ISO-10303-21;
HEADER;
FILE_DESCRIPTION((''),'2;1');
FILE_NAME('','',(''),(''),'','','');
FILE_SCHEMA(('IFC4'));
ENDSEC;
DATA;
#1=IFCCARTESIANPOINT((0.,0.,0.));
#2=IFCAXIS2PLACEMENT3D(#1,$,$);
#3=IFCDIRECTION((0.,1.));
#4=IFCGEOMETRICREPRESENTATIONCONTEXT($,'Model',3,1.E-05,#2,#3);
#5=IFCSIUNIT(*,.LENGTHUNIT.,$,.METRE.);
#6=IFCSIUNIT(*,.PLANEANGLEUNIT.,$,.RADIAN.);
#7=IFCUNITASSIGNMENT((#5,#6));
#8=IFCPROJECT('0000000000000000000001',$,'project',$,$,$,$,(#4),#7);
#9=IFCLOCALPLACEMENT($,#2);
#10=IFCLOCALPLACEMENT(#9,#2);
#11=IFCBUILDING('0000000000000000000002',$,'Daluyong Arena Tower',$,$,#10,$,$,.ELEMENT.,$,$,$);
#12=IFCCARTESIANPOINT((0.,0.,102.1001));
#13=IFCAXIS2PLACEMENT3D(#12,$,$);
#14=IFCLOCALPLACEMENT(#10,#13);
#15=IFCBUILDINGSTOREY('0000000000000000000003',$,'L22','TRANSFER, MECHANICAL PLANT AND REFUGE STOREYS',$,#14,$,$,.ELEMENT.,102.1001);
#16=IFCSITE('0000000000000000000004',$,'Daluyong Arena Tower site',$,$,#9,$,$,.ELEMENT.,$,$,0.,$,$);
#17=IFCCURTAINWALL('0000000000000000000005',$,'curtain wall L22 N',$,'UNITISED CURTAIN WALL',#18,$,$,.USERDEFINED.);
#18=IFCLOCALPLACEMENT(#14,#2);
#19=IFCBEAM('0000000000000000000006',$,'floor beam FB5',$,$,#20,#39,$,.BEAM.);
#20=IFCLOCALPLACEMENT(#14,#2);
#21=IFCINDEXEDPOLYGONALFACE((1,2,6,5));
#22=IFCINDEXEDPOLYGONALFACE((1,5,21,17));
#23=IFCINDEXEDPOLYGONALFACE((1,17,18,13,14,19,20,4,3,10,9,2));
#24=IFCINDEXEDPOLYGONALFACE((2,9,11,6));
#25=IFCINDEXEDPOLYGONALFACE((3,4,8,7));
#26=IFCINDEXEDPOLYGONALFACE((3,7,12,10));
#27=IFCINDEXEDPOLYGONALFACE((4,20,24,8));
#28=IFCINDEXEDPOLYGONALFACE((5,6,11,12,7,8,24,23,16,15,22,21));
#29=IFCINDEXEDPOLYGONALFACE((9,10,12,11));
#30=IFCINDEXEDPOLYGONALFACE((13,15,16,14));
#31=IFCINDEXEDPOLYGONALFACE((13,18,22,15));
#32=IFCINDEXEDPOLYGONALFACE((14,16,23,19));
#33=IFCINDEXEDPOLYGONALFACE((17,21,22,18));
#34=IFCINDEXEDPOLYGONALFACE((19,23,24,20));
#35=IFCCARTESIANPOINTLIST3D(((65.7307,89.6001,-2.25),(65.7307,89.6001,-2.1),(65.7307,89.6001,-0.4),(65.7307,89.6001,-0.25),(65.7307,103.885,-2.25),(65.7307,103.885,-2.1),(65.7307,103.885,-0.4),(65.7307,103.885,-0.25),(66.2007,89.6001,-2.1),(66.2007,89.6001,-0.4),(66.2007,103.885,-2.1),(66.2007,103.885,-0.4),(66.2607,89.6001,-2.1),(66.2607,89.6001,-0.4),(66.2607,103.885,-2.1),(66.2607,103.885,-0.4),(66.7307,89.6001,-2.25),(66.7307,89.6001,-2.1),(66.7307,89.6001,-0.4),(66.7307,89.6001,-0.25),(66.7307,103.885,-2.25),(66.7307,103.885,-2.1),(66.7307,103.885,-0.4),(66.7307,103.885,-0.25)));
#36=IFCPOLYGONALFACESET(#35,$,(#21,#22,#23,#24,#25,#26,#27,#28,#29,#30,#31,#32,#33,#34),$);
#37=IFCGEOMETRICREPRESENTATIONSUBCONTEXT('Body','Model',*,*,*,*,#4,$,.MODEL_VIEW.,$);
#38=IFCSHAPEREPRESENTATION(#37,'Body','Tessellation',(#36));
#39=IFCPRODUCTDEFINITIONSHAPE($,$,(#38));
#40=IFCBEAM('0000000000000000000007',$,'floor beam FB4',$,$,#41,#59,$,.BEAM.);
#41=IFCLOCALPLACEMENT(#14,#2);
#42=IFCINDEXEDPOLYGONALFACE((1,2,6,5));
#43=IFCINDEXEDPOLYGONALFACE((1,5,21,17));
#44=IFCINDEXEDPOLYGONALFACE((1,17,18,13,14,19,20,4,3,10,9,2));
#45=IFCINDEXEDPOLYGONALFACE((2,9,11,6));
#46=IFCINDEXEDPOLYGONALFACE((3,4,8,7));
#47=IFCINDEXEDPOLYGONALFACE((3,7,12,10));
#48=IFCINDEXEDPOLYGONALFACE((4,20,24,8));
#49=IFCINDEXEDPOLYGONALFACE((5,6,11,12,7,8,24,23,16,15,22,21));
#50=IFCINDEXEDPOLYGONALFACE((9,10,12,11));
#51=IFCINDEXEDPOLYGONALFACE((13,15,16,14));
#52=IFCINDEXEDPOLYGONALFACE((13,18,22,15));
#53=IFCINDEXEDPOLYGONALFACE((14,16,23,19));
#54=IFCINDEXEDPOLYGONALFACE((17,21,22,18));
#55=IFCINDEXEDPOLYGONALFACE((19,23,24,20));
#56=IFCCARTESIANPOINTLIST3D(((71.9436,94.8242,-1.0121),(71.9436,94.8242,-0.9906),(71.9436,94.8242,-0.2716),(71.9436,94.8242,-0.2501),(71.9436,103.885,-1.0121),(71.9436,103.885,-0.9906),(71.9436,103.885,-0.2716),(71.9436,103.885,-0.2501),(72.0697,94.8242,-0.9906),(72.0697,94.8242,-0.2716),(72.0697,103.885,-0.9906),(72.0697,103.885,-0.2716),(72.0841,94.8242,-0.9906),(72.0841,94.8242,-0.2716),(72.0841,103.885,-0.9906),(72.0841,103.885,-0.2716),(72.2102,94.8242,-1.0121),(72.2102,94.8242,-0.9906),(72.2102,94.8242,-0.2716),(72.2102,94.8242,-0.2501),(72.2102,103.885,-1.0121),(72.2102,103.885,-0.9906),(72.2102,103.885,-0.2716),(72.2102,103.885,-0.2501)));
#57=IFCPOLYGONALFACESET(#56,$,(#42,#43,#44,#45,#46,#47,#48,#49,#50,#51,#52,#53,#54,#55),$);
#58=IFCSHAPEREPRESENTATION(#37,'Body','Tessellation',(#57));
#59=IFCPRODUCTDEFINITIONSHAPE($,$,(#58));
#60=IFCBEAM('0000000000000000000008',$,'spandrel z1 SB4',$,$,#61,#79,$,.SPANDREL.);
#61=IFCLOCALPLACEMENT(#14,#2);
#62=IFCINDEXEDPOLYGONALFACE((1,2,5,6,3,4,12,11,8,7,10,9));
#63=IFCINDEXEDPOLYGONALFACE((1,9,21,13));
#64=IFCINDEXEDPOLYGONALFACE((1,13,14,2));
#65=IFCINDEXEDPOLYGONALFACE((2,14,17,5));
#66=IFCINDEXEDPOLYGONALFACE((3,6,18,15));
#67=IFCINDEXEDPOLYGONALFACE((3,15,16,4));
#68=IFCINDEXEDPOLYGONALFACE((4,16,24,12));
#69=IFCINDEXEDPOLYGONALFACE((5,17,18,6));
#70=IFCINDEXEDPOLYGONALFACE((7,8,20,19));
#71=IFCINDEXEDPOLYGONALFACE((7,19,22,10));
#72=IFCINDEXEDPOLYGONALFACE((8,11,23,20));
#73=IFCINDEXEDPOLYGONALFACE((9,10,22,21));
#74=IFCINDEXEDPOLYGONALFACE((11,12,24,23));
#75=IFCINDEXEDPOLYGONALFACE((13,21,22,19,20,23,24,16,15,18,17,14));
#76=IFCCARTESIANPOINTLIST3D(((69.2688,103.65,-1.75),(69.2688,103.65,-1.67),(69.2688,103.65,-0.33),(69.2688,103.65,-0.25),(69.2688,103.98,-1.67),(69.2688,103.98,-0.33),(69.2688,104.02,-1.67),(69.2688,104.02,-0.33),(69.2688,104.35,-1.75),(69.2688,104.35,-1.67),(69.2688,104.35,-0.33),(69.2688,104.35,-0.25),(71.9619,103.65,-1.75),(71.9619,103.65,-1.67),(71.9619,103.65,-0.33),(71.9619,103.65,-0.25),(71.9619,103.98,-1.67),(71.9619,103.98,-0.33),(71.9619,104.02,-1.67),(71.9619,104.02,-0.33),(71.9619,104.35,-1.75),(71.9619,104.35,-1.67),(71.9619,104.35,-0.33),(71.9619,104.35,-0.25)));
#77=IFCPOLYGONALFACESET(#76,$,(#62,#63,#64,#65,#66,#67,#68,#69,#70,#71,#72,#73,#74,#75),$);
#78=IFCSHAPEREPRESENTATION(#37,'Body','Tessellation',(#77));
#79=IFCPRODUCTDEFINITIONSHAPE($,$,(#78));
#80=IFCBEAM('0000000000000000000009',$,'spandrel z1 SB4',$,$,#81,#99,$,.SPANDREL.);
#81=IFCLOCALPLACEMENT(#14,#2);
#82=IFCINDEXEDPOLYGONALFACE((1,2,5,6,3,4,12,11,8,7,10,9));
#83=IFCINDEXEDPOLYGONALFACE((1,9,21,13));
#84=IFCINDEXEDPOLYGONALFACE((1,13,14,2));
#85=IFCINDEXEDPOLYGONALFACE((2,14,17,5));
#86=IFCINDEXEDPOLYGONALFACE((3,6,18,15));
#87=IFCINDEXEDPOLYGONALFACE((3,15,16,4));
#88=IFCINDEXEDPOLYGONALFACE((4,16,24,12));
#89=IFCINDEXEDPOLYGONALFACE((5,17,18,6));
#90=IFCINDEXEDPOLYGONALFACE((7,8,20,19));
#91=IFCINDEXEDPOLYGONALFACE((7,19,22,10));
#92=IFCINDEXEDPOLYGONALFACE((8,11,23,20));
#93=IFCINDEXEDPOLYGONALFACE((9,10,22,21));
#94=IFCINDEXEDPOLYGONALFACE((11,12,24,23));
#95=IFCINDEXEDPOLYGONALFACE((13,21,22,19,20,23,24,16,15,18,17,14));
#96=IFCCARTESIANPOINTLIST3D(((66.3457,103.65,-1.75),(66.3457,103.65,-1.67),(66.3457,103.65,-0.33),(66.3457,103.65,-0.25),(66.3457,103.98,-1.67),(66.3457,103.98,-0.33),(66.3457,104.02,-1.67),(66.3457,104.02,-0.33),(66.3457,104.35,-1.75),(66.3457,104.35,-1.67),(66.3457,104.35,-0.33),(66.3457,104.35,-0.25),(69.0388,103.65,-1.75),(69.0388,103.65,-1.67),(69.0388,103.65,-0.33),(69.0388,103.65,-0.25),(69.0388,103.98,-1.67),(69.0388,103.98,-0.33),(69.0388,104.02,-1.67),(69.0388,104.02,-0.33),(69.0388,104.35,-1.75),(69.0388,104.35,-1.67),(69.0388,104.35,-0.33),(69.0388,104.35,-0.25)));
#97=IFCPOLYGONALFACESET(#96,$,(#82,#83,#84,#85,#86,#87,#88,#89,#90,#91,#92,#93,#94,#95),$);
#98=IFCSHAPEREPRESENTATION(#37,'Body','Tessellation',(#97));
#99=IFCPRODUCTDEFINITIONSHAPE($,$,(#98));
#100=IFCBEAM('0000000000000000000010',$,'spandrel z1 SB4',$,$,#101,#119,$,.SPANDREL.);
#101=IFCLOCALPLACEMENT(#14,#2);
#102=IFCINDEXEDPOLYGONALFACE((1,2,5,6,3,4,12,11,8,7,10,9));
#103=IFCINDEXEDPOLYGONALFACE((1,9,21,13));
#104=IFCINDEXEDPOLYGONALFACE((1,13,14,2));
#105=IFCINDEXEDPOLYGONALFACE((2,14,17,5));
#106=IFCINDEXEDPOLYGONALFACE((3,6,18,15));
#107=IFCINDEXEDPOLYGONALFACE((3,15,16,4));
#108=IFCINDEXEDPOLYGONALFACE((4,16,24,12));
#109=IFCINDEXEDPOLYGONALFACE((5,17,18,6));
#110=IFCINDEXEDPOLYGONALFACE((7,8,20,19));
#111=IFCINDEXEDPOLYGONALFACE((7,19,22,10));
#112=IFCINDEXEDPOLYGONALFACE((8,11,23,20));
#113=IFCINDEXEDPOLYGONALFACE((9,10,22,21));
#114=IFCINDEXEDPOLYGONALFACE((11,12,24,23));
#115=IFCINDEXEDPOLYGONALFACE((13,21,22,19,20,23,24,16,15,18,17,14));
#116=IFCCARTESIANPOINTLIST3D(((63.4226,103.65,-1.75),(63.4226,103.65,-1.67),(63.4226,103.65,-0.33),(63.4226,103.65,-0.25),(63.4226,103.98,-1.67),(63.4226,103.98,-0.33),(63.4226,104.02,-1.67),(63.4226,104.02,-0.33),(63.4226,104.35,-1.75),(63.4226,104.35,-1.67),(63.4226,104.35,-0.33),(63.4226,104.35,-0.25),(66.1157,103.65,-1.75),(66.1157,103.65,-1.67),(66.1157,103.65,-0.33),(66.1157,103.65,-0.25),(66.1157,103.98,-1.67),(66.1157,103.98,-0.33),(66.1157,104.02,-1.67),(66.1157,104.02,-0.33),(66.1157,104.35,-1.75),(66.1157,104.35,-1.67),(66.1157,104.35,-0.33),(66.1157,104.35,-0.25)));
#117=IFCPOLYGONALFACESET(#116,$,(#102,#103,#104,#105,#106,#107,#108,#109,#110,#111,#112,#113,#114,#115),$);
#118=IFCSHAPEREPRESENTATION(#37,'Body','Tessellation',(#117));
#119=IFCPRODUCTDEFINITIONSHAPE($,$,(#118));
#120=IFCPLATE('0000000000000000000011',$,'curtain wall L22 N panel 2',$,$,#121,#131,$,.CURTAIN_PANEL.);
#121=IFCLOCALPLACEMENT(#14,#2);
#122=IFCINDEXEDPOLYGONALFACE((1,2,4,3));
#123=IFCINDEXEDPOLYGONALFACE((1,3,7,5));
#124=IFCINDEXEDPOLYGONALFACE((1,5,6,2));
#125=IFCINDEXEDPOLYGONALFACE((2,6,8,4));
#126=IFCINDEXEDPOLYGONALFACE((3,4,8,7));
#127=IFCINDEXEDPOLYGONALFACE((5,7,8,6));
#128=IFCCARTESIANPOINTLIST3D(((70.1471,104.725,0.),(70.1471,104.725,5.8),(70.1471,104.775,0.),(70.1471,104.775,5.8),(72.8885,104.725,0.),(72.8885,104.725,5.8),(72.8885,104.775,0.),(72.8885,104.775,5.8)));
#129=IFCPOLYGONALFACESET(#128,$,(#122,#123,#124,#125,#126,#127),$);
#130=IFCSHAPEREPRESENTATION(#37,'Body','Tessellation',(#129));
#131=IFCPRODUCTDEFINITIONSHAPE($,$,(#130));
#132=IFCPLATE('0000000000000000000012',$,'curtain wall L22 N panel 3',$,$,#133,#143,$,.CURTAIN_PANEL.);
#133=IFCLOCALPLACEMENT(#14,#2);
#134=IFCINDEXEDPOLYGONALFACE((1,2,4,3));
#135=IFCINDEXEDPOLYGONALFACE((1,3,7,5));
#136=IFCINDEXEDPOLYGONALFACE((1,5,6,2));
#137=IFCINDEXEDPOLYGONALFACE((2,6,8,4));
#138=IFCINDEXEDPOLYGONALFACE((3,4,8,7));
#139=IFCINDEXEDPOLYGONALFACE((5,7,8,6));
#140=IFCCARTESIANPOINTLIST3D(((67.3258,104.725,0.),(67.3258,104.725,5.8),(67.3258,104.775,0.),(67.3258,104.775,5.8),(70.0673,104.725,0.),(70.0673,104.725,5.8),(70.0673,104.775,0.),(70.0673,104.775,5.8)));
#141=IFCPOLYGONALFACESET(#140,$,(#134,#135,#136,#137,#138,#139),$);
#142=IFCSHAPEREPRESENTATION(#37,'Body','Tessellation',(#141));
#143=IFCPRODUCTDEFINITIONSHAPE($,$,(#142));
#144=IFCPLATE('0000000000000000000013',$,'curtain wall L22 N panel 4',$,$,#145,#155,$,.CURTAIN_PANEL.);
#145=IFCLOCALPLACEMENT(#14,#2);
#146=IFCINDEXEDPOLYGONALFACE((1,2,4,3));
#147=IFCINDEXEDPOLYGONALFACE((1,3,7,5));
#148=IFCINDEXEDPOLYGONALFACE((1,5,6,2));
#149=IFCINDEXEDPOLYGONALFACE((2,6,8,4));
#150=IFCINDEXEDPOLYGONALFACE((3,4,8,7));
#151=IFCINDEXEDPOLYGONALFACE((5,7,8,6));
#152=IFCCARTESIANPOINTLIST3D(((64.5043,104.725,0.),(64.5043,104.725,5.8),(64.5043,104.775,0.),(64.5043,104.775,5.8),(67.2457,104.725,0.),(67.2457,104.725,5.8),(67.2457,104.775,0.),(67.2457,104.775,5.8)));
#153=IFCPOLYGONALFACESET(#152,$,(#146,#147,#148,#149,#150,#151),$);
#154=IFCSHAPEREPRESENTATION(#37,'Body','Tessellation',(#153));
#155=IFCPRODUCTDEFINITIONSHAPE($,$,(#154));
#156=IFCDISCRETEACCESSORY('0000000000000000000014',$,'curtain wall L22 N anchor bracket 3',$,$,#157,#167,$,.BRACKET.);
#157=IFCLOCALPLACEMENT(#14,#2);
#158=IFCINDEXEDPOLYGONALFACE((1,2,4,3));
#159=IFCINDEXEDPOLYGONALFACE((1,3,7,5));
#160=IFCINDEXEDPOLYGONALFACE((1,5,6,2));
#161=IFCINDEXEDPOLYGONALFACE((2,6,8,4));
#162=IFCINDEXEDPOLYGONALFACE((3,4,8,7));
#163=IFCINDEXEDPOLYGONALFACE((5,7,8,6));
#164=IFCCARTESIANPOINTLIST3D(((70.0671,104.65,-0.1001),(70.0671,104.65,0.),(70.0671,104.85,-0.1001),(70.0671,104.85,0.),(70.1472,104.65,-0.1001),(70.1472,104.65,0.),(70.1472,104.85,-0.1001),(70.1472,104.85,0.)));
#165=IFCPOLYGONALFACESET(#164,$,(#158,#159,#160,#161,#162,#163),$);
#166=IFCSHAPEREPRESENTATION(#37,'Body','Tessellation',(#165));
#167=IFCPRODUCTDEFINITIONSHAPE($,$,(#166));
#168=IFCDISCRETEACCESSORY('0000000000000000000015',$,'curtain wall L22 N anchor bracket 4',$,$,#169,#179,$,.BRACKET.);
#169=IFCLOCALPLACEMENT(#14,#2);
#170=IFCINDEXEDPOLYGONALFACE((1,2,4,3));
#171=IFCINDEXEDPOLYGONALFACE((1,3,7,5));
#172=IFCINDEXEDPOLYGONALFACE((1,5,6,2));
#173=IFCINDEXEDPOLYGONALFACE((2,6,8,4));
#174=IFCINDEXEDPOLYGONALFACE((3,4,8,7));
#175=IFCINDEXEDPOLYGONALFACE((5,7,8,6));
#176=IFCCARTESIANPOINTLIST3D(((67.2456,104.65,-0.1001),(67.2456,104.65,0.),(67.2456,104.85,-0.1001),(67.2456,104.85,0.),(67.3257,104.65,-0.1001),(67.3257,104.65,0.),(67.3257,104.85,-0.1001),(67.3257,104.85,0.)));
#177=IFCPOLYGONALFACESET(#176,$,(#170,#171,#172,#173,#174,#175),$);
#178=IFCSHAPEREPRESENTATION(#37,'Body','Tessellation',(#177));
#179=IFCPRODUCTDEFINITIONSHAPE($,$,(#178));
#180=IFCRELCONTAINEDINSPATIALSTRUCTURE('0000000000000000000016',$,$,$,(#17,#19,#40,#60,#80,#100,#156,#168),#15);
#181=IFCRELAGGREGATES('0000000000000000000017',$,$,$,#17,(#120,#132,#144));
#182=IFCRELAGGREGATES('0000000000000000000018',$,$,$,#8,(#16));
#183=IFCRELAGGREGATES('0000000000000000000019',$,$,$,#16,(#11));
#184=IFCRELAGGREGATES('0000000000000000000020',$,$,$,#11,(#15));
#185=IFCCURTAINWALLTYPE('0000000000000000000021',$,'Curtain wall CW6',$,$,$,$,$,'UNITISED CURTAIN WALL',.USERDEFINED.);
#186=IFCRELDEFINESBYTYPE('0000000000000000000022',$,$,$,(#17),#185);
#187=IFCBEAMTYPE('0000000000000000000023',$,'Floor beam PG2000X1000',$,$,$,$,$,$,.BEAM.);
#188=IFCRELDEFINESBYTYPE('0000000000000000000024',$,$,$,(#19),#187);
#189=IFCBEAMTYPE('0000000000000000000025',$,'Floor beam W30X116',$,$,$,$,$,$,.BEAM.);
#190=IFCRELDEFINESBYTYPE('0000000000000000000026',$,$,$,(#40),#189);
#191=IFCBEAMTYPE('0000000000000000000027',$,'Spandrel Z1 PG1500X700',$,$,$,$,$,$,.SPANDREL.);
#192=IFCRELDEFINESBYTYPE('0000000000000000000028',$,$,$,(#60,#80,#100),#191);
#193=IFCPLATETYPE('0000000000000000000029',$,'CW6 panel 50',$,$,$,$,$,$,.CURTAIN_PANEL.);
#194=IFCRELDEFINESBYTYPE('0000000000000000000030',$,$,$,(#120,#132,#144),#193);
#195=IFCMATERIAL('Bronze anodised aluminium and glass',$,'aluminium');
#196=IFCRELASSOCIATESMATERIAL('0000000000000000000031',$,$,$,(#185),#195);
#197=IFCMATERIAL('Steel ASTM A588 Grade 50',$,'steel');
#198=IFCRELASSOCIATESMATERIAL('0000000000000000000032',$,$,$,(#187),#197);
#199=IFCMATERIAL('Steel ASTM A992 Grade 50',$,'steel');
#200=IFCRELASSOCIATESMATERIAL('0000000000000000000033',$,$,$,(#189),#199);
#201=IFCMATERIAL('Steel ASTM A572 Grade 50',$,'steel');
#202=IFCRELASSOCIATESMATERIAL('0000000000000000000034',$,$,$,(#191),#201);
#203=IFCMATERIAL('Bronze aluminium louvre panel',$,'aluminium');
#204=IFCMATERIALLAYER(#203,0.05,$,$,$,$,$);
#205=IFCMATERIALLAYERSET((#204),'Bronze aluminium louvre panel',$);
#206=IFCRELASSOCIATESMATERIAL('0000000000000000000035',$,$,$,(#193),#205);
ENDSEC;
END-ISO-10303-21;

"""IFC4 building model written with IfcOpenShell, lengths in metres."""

from ifc_helpers import new_model, si_unit, direction, frame, origin, origin_2d, place, context, subcontext, project, spatial, rectangle, i_section, extrude, material, layer, layer_set, material_profile, profile_set, type_object, element, aggregate, save


model = new_model("IFC4")

# Units and contexts
model_context = context("Model", 3, precision=1e-05, world=origin(), true_north=direction((0.0, 1.0)))
body_context = subcontext(model_context, "Body", "Model", "MODEL_VIEW")
ifc_project = project(units=[si_unit("LENGTHUNIT", "METRE"), si_unit("PLANEANGLEUNIT", "RADIAN")], contexts=[model_context])

# Site, building, storey
site_placement = place(None, origin())
site = spatial("IfcSite", under=ifc_project, at=site_placement, Name="Daluyong Arena Tower site", CompositionType="ELEMENT", RefElevation=0.0)
building_placement = place(site_placement, origin())
building = spatial("IfcBuilding", under=site, at=building_placement, Name="Daluyong Arena Tower", CompositionType="ELEMENT")
storey_placement = place(building_placement, frame((0.0, 0.0, 102.1001)))
storey = spatial("IfcBuildingStorey", under=building, at=storey_placement, Name="L22", Description="TRANSFER, MECHANICAL PLANT AND REFUGE STOREYS", CompositionType="ELEMENT", Elevation=102.1001)

# Curtain wall
ifc_material_1 = material(Name="Bronze anodised aluminium and glass", Category="aluminium")
curtain_wall_type = type_object("IfcCurtainWallType", Name="Curtain wall CW6", ElementType="UNITISED CURTAIN WALL", PredefinedType="USERDEFINED", material=ifc_material_1)
curtain_wall_placement = place(storey_placement, origin())
curtain_wall = element("IfcCurtainWall", 1, at=curtain_wall_placement, inside=storey, type_object=curtain_wall_type, Name="curtain wall L22 N", ObjectType="UNITISED CURTAIN WALL", PredefinedType="USERDEFINED")

# Beams
ifc_material_2 = material(Name="Steel ASTM A588 Grade 50", Category="steel")
ifc_material_profile_1 = material_profile(ifc_material_2, i_section(OverallWidth=1.0, OverallDepth=2.0, WebThickness=0.06, FlangeThickness=0.15, at=origin_2d()))
ifc_profile_set_1 = profile_set([ifc_material_profile_1], Name="Steel ASTM A588 Grade 50")
beam_type_1 = type_object("IfcBeamType", Name="Floor beam PG2000X1000", PredefinedType="BEAM", material=ifc_profile_set_1)
beam_1_placement = place(storey_placement, frame((66.2307, 103.885, -1.25), z_axis=(0.0, -1.0, 0.0), x_axis=(1.0, 0.0, 0.0)))
element("IfcBeam", 2, at=beam_1_placement, inside=storey, type_object=beam_type_1, Name="floor beam FB5", PredefinedType="BEAM", context=body_context, shape_type="SweptSolid", body=[
    extrude(i_section(OverallWidth=1.0, OverallDepth=2.0, WebThickness=0.06, FlangeThickness=0.15, at=origin_2d()), origin(), (0.0, 0.0, 1.0), 14.2849),
])
ifc_material_3 = material(Name="Steel ASTM A992 Grade 50", Category="steel")
ifc_material_profile_2 = material_profile(ifc_material_3, i_section(OverallWidth=0.2666, OverallDepth=0.762, WebThickness=0.0144, FlangeThickness=0.0215, at=origin_2d()))
ifc_profile_set_2 = profile_set([ifc_material_profile_2], Name="Steel ASTM A992 Grade 50")
beam_type_2 = type_object("IfcBeamType", Name="Floor beam W30X116", PredefinedType="BEAM", material=ifc_profile_set_2)
beam_2_placement = place(storey_placement, frame((72.0769, 103.885, -0.6311), z_axis=(0.0, -1.0, 0.0), x_axis=(1.0, 0.0, 0.0)))
element("IfcBeam", 3, at=beam_2_placement, inside=storey, type_object=beam_type_2, Name="floor beam FB4", PredefinedType="BEAM", context=body_context, shape_type="SweptSolid", body=[
    extrude(i_section(OverallWidth=0.2666, OverallDepth=0.762, WebThickness=0.0144, FlangeThickness=0.0215, at=origin_2d()), origin(), (0.0, 0.0, 1.0), 9.0608),
])
ifc_material_4 = material(Name="Steel ASTM A572 Grade 50", Category="steel")
ifc_material_profile_3 = material_profile(ifc_material_4, i_section(OverallWidth=0.7, OverallDepth=1.5, WebThickness=0.04, FlangeThickness=0.08, at=origin_2d()))
ifc_profile_set_3 = profile_set([ifc_material_profile_3], Name="Steel ASTM A572 Grade 50")
beam_type_3 = type_object("IfcBeamType", Name="Spandrel Z1 PG1500X700", PredefinedType="SPANDREL", material=ifc_profile_set_3)
for number, where, z_axis, x_axis, name in (
    (4, (71.9619, 104.0, -1.0), (-1.0, 0.0, 0.0), (0.0, -1.0, 0.0), "spandrel z1 SB4"),
    (5, (69.0388, 104.0, -1.0), (-1.0, 0.0, 0.0), (0.0, -1.0, 0.0), "spandrel z1 SB4"),
    (6, (66.1157, 104.0, -1.0), (-1.0, 0.0, 0.0), (0.0, -1.0, 0.0), "spandrel z1 SB4"),
):
    element("IfcBeam", number, at=place(storey_placement, frame(where, z_axis=z_axis, x_axis=x_axis)), inside=storey, type_object=beam_type_3, Name=name, PredefinedType="SPANDREL", context=body_context, shape_type="SweptSolid", body=[
        extrude(i_section(OverallWidth=0.7, OverallDepth=1.5, WebThickness=0.04, FlangeThickness=0.08, at=origin_2d()), origin(), (0.0, 0.0, 1.0), 2.6931),
    ])

# Plates
ifc_material_5 = material(Name="Bronze aluminium louvre panel", Category="aluminium")
ifc_layer = layer(ifc_material_5, 0.05)
ifc_layer_set = layer_set([ifc_layer], Name="Bronze aluminium louvre panel")
plate_type = type_object("IfcPlateType", Name="CW6 panel 50", PredefinedType="CURTAIN_PANEL", material=ifc_layer_set)
plate_1_placement = place(storey_placement, frame((71.5178, 104.75, 0.0), z_axis=(0.0, 0.0, 1.0), x_axis=(-1.0, 0.0, 0.0)))
plate_1 = element("IfcPlate", 7, at=plate_1_placement, type_object=plate_type, Name="curtain wall L22 N panel 2", PredefinedType="CURTAIN_PANEL", context=body_context, shape_type="SweptSolid", body=[
    extrude(rectangle(XDim=2.7415, YDim=0.05, at=origin_2d()), origin(), (0.0, 0.0, 1.0), 5.8),
])
plate_2_placement = place(storey_placement, frame((68.6965, 104.75, 0.0), z_axis=(0.0, 0.0, 1.0), x_axis=(-1.0, 0.0, 0.0)))
plate_2 = element("IfcPlate", 8, at=plate_2_placement, type_object=plate_type, Name="curtain wall L22 N panel 3", PredefinedType="CURTAIN_PANEL", context=body_context, shape_type="SweptSolid", body=[
    extrude(rectangle(XDim=2.7415, YDim=0.05, at=origin_2d()), origin(), (0.0, 0.0, 1.0), 5.8),
])
plate_3_placement = place(storey_placement, frame((65.875, 104.75, 0.0), z_axis=(0.0, 0.0, 1.0), x_axis=(-1.0, 0.0, 0.0)))
plate_3 = element("IfcPlate", 9, at=plate_3_placement, type_object=plate_type, Name="curtain wall L22 N panel 4", PredefinedType="CURTAIN_PANEL", context=body_context, shape_type="SweptSolid", body=[
    extrude(rectangle(XDim=2.7415, YDim=0.05, at=origin_2d()), origin(), (0.0, 0.0, 1.0), 5.8),
])
aggregate(curtain_wall, [plate_1, plate_2, plate_3])

# Discrete accessories
for number, where, z_axis, x_axis, name in (
    (10, (70.1072, 104.75, -0.1001), (0.0, 0.0, 1.0), (-1.0, 0.0, 0.0), "curtain wall L22 N anchor bracket 3"),
    (11, (67.2856, 104.75, -0.1001), (0.0, 0.0, 1.0), (-1.0, 0.0, 0.0), "curtain wall L22 N anchor bracket 4"),
):
    element("IfcDiscreteAccessory", number, at=place(storey_placement, frame(where, z_axis=z_axis, x_axis=x_axis)), inside=storey, Name=name, PredefinedType="BRACKET", context=body_context, shape_type="SweptSolid", body=[
        extrude(rectangle(XDim=0.0801, YDim=0.2, at=origin_2d()), origin(), (0.0, 0.0, 1.0), 0.1001),
    ])

save(model, "model.ifc")
